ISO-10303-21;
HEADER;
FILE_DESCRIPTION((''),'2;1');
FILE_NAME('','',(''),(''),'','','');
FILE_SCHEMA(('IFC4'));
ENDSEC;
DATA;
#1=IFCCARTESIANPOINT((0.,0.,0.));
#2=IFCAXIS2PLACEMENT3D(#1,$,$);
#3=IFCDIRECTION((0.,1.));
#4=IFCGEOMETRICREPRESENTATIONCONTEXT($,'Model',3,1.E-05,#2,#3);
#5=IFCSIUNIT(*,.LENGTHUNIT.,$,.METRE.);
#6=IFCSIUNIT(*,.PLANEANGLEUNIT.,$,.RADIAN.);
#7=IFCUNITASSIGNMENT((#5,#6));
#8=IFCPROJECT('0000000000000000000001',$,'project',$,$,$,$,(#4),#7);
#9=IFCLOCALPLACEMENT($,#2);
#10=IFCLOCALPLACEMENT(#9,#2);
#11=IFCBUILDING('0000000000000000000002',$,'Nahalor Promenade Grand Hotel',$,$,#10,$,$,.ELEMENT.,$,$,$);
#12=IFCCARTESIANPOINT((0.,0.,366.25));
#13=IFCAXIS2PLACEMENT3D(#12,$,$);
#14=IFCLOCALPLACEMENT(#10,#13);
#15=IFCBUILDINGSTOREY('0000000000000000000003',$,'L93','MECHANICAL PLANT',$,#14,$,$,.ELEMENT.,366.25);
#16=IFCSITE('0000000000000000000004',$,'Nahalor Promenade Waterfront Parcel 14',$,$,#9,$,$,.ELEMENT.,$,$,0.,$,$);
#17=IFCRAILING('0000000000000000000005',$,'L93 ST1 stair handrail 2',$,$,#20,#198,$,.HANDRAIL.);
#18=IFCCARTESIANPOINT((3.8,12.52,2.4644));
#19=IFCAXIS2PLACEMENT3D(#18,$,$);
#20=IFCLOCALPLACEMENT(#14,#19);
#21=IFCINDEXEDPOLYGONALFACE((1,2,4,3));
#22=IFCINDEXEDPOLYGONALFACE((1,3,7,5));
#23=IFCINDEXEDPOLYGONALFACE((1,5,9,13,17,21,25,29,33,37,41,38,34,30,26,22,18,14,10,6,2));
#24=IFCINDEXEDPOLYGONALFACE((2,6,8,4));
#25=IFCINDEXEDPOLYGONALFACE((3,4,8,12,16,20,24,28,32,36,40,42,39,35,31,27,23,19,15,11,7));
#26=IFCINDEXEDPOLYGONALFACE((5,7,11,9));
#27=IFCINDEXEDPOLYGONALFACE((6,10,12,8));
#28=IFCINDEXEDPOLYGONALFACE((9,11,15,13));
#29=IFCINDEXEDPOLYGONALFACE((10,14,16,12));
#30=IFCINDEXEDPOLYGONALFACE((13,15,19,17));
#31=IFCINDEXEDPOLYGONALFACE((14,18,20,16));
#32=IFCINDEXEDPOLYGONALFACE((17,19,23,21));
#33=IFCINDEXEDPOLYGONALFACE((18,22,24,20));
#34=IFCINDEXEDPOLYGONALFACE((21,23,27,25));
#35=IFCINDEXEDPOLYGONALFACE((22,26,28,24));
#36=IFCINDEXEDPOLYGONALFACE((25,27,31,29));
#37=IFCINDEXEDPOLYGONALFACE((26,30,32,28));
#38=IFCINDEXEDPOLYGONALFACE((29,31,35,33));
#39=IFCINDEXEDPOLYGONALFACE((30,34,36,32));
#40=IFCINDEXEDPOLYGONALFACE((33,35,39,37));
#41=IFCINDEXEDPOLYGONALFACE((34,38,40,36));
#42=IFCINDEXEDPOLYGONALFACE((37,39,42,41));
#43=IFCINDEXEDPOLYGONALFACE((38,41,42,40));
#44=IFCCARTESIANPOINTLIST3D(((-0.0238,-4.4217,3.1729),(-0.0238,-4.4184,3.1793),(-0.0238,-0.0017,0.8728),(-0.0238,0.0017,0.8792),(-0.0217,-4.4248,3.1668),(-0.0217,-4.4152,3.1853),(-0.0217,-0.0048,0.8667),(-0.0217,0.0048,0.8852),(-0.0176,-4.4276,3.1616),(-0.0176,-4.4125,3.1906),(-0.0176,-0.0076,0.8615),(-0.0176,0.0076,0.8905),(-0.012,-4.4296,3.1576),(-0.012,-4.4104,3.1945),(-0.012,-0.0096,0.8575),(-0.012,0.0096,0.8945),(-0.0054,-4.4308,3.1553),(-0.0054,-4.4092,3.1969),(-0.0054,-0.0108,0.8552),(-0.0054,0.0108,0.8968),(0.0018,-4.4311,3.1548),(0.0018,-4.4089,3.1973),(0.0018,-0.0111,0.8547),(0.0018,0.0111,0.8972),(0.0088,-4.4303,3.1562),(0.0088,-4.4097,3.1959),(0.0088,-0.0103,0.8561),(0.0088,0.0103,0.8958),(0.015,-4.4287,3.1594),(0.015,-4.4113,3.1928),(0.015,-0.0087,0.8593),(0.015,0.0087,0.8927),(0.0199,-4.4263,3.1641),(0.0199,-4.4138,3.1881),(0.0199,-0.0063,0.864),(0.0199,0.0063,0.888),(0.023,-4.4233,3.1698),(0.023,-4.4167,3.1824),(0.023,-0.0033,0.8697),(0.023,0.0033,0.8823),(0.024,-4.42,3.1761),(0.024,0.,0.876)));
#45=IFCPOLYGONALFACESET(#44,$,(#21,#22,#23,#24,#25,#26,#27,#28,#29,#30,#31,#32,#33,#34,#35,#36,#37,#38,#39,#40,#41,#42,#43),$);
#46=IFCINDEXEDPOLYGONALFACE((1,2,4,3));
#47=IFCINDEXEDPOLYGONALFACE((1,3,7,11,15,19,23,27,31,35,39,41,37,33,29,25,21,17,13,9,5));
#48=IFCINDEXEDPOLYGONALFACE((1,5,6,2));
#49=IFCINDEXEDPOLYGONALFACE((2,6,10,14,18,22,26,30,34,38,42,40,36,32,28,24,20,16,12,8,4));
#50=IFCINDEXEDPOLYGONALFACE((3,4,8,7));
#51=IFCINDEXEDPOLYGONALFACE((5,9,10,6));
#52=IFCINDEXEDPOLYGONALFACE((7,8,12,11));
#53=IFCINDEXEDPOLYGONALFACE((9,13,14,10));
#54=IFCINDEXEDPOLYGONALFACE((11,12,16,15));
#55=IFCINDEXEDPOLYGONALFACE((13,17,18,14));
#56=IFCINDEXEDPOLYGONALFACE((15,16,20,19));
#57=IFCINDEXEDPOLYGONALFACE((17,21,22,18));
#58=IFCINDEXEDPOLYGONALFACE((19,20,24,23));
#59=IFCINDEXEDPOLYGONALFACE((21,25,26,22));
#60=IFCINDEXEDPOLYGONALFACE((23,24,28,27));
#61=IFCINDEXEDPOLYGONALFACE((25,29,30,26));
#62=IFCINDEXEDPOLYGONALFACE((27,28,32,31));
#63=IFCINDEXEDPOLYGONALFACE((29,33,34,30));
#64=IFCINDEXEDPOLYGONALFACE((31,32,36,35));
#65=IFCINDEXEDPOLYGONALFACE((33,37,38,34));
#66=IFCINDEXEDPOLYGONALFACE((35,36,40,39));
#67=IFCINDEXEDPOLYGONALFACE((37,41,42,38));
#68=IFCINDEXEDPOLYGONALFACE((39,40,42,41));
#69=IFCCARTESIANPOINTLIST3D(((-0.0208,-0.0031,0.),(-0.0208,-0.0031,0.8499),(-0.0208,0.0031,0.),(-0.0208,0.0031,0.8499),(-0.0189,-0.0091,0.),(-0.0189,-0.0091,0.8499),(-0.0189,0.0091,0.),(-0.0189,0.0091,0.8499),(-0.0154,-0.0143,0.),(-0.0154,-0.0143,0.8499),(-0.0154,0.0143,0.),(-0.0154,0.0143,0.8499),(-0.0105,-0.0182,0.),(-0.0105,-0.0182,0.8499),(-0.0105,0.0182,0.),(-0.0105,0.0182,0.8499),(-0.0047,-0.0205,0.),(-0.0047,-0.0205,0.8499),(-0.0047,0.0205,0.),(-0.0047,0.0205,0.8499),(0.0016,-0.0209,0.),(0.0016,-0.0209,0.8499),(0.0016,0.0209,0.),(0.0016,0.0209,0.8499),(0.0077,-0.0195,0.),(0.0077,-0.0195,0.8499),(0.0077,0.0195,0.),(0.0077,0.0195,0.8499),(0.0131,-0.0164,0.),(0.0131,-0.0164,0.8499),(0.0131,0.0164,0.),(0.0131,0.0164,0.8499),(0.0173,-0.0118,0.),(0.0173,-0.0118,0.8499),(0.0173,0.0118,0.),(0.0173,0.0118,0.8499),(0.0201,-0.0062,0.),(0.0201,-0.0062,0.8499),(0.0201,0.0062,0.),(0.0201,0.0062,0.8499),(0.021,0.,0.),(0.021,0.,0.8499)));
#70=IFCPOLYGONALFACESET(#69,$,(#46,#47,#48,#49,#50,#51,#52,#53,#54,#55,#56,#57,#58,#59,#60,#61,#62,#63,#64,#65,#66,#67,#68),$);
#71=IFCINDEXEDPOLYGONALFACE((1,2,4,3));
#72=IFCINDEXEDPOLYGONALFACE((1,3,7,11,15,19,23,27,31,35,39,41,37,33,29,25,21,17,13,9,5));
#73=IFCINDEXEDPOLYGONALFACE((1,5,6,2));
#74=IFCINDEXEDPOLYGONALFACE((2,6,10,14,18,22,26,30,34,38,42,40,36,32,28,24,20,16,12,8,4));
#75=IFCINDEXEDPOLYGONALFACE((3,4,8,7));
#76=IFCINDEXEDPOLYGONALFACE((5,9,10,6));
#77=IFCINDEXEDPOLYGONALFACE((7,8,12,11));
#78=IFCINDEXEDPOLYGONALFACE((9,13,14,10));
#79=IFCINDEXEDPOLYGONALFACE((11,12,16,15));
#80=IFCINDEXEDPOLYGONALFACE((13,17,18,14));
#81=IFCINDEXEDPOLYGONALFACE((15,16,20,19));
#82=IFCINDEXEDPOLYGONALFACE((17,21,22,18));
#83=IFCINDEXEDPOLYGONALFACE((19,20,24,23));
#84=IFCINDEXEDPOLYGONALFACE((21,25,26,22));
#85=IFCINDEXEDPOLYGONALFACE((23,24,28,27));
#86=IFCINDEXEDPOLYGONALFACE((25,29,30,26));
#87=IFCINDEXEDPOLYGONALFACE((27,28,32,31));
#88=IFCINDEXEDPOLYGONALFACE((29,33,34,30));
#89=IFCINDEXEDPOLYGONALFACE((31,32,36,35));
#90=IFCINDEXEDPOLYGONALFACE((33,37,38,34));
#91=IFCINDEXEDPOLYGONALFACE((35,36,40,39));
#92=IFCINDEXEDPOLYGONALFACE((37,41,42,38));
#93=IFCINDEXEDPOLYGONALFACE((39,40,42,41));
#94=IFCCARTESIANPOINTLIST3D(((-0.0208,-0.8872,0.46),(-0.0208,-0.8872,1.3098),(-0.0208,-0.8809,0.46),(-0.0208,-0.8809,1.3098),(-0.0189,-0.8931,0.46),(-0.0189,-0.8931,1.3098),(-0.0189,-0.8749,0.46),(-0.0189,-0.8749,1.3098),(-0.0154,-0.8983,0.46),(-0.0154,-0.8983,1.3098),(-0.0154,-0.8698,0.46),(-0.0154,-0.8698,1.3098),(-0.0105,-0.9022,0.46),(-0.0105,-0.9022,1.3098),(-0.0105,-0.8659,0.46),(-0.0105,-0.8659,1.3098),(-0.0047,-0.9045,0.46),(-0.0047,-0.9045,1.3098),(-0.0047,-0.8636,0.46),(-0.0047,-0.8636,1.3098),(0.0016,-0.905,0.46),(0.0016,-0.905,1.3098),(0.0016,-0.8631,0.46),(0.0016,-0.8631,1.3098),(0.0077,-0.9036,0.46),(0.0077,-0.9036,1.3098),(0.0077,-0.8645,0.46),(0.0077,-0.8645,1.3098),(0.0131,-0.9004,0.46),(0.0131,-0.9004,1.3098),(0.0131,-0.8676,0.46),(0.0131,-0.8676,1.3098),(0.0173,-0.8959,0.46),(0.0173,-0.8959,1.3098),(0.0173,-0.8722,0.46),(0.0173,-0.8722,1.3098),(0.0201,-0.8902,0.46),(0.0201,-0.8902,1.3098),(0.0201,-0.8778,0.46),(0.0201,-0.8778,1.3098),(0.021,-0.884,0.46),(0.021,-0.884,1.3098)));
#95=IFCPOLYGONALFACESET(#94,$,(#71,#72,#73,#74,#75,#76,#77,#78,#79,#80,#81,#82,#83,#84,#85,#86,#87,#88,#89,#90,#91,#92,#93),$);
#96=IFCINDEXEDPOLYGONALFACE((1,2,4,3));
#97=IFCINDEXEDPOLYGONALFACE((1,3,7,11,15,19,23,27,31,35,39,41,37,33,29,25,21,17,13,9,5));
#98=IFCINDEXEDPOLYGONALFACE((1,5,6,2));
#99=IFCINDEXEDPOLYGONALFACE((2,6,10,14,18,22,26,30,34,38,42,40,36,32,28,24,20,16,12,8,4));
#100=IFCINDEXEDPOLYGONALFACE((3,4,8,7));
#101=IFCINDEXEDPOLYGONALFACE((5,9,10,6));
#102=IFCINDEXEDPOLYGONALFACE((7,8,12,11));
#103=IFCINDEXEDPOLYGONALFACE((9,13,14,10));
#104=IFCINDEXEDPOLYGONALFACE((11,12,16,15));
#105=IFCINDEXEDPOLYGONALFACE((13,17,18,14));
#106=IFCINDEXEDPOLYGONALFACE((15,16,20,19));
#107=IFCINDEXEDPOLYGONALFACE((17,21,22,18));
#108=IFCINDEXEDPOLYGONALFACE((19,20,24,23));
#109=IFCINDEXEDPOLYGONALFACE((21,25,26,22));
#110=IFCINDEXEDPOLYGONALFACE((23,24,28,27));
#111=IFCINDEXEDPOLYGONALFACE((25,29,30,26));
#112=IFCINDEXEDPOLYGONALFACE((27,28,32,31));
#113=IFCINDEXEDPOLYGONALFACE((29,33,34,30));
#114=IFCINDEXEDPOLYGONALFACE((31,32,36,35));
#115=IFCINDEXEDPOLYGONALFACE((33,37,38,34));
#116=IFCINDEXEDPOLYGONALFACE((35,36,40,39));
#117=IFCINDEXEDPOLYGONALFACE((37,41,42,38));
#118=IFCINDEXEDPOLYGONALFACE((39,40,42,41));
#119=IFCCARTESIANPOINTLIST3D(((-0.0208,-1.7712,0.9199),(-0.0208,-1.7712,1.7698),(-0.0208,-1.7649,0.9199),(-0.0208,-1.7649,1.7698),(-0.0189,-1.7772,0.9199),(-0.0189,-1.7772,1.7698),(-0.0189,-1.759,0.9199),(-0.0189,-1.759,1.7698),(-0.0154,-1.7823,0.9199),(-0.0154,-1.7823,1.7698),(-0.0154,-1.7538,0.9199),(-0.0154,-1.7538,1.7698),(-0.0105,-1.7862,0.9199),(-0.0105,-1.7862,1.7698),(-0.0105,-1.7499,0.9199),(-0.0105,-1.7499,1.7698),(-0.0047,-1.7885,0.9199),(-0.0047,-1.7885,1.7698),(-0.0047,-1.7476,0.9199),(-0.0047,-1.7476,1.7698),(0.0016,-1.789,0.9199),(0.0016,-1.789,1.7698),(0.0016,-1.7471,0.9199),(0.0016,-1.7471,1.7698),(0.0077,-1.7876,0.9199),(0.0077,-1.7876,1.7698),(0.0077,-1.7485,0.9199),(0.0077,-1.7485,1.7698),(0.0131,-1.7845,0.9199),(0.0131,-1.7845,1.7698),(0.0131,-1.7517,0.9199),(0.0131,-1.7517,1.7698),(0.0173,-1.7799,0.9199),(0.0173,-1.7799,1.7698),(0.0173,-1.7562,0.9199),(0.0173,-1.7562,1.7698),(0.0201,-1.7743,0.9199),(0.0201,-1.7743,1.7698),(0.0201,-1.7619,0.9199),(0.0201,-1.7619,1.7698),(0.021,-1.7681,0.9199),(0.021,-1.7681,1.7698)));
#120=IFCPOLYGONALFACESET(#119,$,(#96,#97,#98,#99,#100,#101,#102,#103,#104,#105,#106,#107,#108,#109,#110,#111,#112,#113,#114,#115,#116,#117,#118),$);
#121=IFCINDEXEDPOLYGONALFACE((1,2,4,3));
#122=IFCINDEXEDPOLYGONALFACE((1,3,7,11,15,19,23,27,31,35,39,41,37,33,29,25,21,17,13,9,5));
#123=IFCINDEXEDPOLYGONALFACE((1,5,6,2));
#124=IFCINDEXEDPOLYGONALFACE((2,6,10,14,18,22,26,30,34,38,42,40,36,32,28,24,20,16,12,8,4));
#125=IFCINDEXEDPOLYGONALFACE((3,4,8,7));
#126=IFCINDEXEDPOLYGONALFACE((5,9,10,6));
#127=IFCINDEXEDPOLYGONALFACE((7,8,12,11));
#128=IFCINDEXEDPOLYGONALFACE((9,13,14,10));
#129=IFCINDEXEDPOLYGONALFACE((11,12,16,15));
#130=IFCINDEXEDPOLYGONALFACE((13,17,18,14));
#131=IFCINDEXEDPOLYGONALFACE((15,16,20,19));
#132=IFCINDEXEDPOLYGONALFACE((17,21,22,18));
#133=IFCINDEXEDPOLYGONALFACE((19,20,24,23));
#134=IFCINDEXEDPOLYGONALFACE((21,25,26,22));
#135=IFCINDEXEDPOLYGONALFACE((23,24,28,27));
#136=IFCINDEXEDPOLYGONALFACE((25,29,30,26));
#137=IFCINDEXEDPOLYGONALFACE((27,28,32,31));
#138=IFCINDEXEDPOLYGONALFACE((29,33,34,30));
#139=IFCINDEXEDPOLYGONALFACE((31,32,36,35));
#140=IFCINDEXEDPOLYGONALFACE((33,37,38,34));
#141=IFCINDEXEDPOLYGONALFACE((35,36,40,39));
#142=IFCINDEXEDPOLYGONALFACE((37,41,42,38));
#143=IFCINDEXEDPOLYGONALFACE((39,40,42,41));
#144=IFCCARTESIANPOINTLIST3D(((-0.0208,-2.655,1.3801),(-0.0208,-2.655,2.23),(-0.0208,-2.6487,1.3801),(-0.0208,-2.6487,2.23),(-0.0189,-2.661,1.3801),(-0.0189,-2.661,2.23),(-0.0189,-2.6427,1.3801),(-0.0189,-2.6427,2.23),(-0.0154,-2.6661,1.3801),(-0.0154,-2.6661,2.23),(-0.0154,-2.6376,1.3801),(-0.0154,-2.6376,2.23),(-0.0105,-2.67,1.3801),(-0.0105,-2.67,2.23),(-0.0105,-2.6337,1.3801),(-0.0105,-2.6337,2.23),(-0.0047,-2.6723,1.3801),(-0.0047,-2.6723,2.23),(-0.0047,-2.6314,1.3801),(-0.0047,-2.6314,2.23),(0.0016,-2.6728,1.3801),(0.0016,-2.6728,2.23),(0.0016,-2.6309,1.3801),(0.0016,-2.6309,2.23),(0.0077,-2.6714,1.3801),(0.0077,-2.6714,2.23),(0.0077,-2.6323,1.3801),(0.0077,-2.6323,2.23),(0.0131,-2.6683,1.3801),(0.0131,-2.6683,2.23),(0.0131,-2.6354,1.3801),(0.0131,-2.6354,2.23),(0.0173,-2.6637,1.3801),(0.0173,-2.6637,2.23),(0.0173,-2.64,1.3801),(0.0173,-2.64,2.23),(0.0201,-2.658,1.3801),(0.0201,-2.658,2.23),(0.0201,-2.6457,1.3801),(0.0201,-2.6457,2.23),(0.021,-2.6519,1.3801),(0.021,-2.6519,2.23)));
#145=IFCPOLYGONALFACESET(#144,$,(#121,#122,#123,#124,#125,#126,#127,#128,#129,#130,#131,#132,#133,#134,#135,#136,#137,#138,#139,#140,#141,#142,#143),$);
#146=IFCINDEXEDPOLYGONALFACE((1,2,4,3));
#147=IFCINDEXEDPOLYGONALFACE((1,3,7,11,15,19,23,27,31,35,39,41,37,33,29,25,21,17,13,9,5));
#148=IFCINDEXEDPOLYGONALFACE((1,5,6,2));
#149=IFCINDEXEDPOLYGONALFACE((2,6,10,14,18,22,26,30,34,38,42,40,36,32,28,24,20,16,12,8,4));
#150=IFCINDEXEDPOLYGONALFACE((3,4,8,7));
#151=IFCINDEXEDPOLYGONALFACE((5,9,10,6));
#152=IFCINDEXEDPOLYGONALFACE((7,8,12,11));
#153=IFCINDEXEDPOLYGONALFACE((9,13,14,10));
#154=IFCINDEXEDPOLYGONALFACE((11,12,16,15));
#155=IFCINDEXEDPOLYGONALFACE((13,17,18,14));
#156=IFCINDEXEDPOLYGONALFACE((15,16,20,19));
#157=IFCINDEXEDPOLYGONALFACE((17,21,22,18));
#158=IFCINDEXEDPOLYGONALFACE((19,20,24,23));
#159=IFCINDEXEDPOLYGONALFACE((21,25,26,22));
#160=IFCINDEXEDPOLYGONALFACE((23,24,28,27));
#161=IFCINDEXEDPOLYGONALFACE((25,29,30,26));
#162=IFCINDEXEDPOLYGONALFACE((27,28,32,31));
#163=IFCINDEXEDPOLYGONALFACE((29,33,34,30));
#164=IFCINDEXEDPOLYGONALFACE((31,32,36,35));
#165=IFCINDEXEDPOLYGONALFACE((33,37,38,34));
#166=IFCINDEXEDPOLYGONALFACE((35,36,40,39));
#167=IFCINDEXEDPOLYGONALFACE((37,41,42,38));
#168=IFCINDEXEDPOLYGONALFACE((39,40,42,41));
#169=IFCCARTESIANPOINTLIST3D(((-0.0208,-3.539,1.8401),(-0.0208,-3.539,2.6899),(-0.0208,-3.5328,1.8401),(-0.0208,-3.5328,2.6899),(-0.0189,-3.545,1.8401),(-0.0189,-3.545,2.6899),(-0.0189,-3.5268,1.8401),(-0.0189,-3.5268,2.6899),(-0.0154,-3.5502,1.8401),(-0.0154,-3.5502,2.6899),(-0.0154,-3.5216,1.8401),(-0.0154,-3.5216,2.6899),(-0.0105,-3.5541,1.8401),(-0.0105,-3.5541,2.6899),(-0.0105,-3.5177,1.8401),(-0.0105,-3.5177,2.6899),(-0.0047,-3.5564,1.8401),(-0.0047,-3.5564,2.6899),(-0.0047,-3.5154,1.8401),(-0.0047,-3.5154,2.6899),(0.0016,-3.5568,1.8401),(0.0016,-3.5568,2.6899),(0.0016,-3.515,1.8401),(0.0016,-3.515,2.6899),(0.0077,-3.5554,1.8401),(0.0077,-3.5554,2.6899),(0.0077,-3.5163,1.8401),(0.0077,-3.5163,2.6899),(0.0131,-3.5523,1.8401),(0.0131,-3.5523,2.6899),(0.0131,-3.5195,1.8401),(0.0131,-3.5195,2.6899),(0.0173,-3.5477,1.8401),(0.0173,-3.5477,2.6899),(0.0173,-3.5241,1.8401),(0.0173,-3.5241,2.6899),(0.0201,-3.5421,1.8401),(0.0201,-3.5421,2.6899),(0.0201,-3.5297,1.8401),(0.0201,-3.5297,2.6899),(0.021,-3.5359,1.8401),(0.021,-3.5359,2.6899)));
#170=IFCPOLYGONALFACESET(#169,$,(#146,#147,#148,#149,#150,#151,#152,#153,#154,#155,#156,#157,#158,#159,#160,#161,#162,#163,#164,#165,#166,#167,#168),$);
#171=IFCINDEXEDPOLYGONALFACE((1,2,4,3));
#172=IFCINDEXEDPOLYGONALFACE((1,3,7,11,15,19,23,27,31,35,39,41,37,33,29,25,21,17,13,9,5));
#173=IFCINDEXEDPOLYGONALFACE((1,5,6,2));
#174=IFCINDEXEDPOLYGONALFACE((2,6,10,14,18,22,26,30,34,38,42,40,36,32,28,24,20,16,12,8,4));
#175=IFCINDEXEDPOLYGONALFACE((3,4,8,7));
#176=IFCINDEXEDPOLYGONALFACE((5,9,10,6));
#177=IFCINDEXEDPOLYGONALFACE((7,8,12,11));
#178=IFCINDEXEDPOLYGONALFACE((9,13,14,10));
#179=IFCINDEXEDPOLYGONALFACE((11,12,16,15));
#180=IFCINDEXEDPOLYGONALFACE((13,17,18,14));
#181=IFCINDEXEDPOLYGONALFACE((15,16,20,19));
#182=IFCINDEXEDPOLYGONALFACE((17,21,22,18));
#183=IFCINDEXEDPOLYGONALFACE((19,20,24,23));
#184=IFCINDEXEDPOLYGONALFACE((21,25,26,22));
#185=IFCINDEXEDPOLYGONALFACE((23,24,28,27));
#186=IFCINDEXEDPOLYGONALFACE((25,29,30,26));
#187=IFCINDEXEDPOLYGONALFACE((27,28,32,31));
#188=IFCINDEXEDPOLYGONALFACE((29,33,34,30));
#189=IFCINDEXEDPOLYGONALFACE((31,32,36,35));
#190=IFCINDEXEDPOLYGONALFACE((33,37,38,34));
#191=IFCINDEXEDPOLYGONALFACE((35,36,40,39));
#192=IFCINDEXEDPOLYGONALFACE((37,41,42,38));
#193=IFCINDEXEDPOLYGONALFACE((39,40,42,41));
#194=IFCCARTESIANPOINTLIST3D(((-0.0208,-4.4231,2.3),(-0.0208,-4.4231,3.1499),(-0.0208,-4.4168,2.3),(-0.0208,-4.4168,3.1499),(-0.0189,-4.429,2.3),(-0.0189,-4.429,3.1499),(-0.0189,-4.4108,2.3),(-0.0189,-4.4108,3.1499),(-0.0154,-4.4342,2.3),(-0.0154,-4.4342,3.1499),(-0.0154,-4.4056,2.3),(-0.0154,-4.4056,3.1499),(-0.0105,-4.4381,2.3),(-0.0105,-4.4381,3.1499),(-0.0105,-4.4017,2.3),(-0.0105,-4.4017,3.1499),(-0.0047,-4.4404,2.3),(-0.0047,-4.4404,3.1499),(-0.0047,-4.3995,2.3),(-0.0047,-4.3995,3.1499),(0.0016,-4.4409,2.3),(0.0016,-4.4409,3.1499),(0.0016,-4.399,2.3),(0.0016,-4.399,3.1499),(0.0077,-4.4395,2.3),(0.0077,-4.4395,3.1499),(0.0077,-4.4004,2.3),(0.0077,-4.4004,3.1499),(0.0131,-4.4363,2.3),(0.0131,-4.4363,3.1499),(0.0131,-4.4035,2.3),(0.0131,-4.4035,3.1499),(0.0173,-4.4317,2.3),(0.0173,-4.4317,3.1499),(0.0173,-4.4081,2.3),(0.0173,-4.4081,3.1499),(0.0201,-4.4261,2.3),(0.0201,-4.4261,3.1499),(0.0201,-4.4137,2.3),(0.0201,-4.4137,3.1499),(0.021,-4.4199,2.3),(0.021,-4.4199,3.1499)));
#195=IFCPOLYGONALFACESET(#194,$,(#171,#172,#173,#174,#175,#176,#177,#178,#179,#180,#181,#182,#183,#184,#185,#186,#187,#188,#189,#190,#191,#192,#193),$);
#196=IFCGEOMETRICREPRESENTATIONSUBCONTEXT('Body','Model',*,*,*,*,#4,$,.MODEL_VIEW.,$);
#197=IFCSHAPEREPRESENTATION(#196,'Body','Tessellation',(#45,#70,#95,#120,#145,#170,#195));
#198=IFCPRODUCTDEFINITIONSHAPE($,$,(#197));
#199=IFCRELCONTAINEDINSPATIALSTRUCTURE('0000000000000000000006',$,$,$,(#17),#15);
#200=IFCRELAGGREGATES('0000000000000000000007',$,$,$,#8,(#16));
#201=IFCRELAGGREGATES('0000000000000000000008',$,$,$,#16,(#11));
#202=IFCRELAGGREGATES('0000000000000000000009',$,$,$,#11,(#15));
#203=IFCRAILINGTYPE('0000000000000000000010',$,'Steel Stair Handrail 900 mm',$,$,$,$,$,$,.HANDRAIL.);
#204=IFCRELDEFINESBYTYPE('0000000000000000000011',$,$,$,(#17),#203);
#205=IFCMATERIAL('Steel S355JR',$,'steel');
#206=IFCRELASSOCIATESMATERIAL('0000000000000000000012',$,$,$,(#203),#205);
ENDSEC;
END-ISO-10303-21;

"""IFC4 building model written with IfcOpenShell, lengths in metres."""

from ifc_helpers import new_model, si_unit, direction, frame, origin, origin_2d, place, context, subcontext, project, spatial, circle, extrude, material, type_object, element, save


model = new_model("IFC4")

# Units and contexts
model_context = context("Model", 3, precision=1e-05, world=origin(), true_north=direction((0.0, 1.0)))
body_context = subcontext(model_context, "Body", "Model", "MODEL_VIEW")
ifc_project = project(units=[si_unit("LENGTHUNIT", "METRE"), si_unit("PLANEANGLEUNIT", "RADIAN")], contexts=[model_context])

# Site, building, storey
site_placement = place(None, origin())
site = spatial("IfcSite", under=ifc_project, at=site_placement, Name="Nahalor Promenade Waterfront Parcel 14", CompositionType="ELEMENT", RefElevation=0.0)
building_placement = place(site_placement, origin())
building = spatial("IfcBuilding", under=site, at=building_placement, Name="Nahalor Promenade Grand Hotel", CompositionType="ELEMENT")
storey_placement = place(building_placement, frame((0.0, 0.0, 366.25)))
storey = spatial("IfcBuildingStorey", under=building, at=storey_placement, Name="L93", Description="MECHANICAL PLANT", CompositionType="ELEMENT", Elevation=366.25)

# Shared definitions
ifc_material_1 = material(Name="Steel S355JR", Category="steel")

# Railing
railing_type_1 = type_object("IfcRailingType", Name="Steel Stair Handrail 900 mm", PredefinedType="HANDRAIL", material=ifc_material_1)
railing_1_placement = place(storey_placement, frame((3.8, 12.52, 2.4644)))
element("IfcRailing", 1, at=railing_1_placement, inside=storey, type_object=railing_type_1, Name="L93 ST1 stair handrail 2", PredefinedType="HANDRAIL", context=body_context, shape_type="SweptSolid", body=[
    extrude(circle(Radius=0.024, at=origin_2d()), frame((0.0, 0.0, 0.876), z_axis=(0.0, -0.887078, 0.46162), x_axis=(1.0, 0.0, 0.0)), (0.0, 0.0, 1.0), 4.9827),
    extrude(circle(Radius=0.021, at=origin_2d()), origin(), (0.0, 0.0, 1.0), 0.8499),
    extrude(circle(Radius=0.021, at=origin_2d()), frame((0.0, -0.884, 0.46)), (0.0, 0.0, 1.0), 0.8499),
    extrude(circle(Radius=0.021, at=origin_2d()), frame((0.0, -1.7681, 0.9199)), (0.0, 0.0, 1.0), 0.8499),
    extrude(circle(Radius=0.021, at=origin_2d()), frame((0.0, -2.6519, 1.3801)), (0.0, 0.0, 1.0), 0.8499),
    extrude(circle(Radius=0.021, at=origin_2d()), frame((0.0, -3.5359, 1.8401)), (0.0, 0.0, 1.0), 0.8499),
    extrude(circle(Radius=0.021, at=origin_2d()), frame((0.0, -4.4199, 2.3)), (0.0, 0.0, 1.0), 0.8499),
])

save(model, "model.ifc")
